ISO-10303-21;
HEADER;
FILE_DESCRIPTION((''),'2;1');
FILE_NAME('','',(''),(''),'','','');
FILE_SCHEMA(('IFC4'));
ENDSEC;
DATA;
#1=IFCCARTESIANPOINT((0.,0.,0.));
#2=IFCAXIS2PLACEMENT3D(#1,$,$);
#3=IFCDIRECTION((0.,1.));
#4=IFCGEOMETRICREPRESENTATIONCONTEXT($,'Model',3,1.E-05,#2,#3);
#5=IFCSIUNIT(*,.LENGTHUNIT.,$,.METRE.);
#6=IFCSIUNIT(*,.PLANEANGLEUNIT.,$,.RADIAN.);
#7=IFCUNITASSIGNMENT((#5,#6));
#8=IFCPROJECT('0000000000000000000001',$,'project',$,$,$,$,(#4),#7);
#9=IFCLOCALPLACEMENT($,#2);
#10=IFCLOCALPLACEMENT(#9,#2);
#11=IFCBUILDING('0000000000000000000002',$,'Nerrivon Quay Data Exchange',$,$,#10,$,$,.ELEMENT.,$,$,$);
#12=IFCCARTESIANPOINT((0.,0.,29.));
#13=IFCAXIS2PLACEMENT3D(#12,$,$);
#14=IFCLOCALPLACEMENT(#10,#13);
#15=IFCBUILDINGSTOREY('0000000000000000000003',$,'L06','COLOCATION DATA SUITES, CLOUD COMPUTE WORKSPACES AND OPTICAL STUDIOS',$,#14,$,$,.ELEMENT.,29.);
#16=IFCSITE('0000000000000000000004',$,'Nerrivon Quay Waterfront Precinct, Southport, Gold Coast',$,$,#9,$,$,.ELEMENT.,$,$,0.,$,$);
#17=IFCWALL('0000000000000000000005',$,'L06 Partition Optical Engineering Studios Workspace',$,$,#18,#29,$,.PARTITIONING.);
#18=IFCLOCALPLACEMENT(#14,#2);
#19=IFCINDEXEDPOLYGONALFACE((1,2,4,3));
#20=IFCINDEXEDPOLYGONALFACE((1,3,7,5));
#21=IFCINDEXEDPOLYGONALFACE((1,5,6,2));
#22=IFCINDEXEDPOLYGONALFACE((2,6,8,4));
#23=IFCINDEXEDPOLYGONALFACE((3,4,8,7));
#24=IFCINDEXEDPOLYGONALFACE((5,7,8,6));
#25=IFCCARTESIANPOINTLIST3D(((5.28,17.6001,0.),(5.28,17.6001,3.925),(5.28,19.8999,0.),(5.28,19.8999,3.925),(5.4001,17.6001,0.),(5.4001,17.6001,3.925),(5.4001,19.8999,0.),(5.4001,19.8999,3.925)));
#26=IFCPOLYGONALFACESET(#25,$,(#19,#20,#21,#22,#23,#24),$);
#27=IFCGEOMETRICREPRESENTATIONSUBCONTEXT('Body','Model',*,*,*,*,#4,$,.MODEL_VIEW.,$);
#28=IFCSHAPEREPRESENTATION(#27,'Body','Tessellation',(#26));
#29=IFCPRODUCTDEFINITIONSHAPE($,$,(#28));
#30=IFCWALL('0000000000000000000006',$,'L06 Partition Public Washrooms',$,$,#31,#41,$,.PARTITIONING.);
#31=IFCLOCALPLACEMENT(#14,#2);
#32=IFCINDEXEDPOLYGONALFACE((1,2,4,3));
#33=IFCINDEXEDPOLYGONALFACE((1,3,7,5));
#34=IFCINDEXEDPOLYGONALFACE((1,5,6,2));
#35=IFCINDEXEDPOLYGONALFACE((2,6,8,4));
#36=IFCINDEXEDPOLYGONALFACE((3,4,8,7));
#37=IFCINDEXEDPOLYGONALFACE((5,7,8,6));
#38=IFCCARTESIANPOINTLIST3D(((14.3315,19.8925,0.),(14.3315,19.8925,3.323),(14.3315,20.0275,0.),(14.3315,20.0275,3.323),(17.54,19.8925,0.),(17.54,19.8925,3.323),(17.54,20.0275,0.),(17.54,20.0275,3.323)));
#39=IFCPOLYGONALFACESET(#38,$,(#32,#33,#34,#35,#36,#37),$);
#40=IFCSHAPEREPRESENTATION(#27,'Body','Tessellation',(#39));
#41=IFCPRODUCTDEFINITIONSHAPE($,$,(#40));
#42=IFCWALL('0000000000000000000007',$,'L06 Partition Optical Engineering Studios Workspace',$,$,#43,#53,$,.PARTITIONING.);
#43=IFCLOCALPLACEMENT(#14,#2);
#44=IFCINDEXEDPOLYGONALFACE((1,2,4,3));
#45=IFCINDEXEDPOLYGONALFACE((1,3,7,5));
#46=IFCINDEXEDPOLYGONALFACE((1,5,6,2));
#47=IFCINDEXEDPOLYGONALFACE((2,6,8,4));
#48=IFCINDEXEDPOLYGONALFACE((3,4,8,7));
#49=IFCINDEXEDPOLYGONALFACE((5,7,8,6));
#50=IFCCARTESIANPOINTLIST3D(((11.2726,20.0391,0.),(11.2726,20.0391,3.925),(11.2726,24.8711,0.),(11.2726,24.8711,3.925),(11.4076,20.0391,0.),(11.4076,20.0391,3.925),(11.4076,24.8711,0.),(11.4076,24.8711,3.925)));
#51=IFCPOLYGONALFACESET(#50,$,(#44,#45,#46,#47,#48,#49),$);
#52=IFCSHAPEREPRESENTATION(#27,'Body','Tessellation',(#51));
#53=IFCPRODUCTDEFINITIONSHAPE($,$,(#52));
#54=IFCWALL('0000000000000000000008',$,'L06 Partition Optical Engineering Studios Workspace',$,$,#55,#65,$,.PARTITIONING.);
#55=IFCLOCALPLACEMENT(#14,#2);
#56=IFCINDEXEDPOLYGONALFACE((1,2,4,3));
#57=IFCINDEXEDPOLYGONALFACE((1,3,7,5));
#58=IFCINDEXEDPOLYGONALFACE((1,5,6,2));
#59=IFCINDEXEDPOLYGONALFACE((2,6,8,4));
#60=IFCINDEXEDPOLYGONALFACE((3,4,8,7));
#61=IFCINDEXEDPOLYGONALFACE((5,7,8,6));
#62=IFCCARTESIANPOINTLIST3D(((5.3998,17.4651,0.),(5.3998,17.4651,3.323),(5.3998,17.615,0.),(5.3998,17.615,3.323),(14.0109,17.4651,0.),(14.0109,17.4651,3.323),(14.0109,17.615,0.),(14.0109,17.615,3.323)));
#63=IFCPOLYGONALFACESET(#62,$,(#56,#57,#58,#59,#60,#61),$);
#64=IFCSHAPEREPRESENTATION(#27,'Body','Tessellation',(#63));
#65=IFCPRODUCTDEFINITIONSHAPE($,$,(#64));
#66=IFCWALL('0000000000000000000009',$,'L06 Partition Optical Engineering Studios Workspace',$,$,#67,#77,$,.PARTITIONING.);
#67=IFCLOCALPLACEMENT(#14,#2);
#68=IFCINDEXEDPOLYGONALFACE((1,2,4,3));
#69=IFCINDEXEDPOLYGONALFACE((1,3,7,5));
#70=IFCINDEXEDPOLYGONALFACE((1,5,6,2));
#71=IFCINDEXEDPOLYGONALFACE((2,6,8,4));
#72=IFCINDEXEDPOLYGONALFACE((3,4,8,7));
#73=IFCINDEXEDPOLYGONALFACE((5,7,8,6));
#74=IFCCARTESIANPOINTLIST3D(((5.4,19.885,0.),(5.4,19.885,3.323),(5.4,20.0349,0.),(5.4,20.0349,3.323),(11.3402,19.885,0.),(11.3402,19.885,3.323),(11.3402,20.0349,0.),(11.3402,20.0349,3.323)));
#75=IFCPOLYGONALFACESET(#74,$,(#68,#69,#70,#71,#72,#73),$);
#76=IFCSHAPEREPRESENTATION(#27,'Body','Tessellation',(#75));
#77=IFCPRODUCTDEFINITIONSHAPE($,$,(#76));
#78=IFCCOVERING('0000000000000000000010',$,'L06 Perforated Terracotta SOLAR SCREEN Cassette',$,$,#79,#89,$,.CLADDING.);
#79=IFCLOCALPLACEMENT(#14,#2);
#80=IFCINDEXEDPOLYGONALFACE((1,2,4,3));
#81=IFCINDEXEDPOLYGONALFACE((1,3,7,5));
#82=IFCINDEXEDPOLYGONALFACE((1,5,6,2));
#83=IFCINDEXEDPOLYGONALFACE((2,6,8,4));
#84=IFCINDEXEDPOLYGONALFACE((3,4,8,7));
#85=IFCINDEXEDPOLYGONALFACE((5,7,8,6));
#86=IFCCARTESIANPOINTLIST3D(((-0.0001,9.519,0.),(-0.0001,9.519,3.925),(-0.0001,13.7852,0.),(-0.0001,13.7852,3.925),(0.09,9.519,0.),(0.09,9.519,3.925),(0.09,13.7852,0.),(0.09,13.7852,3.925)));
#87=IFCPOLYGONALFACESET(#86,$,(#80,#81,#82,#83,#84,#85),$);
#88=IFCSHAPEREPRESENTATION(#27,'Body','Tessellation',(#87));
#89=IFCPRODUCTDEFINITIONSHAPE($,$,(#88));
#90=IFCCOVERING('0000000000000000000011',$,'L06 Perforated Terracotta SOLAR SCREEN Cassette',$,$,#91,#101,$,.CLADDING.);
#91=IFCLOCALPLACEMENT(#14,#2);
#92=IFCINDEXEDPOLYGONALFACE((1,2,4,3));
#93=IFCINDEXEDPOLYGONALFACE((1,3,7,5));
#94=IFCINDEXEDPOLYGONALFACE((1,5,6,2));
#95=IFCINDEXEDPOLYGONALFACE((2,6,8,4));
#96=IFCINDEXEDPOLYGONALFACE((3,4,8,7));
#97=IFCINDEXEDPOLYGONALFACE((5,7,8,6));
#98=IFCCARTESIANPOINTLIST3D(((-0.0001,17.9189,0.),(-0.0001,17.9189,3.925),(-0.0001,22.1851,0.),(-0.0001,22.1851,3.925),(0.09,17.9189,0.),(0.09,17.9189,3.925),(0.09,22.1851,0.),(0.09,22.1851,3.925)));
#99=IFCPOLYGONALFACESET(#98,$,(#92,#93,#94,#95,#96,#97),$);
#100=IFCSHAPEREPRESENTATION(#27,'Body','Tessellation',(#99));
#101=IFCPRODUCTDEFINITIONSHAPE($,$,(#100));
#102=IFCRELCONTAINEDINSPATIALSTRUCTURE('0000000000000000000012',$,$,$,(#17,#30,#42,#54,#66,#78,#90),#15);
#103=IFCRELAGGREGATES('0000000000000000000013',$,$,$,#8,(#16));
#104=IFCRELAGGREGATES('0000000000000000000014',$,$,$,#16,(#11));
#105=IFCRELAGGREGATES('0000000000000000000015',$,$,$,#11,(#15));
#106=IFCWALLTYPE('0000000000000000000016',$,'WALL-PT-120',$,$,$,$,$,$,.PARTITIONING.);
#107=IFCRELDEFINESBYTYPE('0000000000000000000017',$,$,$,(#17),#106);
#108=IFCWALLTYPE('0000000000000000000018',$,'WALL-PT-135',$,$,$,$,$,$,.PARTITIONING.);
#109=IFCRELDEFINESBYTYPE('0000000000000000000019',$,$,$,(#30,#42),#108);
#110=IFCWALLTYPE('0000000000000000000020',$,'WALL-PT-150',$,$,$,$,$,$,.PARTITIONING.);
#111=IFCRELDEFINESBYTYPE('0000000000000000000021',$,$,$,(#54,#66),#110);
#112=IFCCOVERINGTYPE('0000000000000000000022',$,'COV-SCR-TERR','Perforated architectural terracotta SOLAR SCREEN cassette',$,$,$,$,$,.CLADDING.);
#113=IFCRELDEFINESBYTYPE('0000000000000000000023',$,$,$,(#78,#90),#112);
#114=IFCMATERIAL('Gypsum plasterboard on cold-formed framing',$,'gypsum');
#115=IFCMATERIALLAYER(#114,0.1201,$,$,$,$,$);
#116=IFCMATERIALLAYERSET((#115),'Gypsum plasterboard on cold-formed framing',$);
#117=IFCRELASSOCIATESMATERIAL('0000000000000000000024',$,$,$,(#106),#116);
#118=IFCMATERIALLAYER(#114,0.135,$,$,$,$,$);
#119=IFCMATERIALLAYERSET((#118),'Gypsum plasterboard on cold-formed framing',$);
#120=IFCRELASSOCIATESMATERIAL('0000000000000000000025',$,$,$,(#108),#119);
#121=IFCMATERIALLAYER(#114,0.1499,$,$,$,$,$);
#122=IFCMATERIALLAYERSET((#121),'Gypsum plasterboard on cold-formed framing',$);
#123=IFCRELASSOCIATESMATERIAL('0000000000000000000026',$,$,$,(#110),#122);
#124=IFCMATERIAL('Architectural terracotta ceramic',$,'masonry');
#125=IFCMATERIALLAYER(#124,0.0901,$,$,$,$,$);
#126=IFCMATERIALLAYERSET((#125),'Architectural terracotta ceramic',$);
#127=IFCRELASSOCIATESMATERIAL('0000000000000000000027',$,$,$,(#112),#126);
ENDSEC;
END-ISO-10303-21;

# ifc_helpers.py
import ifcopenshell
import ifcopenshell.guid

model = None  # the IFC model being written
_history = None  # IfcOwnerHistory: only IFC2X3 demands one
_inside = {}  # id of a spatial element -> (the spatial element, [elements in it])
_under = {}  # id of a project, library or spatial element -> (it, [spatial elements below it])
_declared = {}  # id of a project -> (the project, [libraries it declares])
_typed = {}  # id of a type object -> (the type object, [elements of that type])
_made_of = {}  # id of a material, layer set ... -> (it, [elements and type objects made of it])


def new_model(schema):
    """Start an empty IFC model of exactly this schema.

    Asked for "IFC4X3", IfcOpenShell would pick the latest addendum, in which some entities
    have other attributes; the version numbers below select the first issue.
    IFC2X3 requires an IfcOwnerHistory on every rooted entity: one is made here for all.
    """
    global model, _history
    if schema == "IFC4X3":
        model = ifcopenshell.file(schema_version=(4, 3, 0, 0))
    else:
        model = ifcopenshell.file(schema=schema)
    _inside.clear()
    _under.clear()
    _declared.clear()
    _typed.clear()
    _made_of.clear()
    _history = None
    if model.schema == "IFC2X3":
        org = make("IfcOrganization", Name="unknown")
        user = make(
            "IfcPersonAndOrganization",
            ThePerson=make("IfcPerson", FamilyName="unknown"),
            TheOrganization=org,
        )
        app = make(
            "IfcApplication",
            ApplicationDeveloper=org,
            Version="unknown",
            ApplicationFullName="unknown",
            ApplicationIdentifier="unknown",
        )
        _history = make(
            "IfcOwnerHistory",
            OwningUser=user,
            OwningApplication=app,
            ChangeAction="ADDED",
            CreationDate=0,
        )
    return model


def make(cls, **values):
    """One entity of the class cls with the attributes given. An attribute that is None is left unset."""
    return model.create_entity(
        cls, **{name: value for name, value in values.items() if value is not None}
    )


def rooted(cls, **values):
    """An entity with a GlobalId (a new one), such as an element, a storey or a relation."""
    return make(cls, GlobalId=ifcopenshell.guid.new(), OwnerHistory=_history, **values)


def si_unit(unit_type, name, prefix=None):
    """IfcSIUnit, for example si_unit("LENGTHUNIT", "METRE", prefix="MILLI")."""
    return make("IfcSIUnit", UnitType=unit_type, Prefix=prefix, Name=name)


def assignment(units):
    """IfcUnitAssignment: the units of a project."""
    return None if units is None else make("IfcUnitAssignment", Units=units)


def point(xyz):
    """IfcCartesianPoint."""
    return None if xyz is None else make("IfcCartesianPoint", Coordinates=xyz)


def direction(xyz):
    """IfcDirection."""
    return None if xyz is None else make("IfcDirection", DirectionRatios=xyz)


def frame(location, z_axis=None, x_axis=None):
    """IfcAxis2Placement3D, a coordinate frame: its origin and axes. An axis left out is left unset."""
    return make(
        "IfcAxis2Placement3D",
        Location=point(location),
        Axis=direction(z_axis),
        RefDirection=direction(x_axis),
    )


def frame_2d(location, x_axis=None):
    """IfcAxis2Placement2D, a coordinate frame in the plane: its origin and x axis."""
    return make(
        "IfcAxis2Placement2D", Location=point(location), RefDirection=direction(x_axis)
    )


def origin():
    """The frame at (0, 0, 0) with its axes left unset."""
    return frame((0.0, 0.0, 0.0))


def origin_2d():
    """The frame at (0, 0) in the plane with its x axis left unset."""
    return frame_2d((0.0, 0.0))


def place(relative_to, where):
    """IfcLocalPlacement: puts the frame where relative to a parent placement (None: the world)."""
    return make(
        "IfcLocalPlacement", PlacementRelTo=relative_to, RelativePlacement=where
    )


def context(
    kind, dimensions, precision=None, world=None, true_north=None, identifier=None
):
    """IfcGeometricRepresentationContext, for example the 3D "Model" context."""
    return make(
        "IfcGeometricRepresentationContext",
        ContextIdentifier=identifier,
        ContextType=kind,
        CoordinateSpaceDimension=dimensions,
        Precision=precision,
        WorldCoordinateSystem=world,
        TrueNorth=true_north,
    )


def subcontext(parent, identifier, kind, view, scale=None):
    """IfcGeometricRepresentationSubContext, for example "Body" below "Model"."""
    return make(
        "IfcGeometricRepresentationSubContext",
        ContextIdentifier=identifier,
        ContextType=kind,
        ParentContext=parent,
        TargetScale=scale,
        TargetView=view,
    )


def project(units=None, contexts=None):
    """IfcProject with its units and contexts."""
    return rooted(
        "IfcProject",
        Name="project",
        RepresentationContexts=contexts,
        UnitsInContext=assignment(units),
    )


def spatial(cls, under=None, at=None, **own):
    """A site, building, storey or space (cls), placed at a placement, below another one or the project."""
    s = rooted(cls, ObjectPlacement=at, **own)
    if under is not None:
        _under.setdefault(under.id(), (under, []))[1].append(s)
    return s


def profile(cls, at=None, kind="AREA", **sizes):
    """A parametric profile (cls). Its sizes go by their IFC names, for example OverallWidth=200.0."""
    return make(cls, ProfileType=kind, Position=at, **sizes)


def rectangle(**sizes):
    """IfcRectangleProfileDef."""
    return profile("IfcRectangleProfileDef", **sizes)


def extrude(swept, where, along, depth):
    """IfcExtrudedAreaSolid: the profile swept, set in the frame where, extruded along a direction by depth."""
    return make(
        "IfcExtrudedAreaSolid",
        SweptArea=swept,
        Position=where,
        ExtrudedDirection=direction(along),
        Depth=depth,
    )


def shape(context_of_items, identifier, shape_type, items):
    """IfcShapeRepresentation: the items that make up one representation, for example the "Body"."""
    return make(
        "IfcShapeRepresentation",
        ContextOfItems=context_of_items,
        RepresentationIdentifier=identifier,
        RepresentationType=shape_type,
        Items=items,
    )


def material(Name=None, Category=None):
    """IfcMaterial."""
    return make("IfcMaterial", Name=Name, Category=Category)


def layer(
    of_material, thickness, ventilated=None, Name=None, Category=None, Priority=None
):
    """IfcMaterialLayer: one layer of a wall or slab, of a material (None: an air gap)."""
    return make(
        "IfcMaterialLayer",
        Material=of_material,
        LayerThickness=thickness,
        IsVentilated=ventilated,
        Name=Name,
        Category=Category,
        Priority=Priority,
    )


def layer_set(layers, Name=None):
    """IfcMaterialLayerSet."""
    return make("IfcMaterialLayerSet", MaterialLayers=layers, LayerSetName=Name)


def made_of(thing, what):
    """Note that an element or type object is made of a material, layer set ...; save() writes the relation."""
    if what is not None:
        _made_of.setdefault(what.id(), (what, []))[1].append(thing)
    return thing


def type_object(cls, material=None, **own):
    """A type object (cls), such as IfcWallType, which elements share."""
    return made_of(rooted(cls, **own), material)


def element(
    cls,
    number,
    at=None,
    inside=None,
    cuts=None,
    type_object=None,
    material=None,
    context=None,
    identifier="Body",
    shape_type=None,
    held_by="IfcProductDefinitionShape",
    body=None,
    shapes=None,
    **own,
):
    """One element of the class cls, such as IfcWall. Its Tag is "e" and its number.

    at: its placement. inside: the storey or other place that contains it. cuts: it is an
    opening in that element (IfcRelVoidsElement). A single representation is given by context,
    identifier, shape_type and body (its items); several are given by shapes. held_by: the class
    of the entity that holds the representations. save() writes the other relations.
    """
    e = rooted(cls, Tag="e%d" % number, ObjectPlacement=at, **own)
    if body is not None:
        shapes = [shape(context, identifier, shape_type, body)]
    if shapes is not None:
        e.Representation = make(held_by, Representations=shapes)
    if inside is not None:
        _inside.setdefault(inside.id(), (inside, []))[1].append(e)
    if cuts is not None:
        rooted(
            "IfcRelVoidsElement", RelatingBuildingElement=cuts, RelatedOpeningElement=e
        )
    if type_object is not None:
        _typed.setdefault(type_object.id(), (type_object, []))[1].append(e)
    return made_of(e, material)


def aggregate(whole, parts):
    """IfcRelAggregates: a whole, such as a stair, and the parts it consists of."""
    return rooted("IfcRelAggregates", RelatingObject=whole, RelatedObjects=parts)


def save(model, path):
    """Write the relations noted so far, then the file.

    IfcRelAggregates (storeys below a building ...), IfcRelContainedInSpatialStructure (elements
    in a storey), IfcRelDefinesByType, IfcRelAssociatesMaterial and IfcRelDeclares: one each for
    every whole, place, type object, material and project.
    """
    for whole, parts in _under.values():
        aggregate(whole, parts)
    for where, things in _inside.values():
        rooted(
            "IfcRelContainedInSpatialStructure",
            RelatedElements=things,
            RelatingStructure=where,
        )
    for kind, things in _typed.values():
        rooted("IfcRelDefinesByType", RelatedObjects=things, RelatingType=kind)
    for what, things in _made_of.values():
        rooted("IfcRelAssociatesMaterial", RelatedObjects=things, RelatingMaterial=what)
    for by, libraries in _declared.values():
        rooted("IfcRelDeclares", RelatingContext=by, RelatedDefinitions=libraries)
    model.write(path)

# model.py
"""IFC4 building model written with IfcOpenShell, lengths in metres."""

from ifc_helpers import new_model, si_unit, direction, frame, frame_2d, origin, origin_2d, place, context, subcontext, project, spatial, rectangle, extrude, material, layer, layer_set, type_object, element, save


model = new_model("IFC4")

# Units and contexts
model_context = context("Model", 3, precision=1e-05, world=origin(), true_north=direction((0.0, 1.0)))
body_context = subcontext(model_context, "Body", "Model", "MODEL_VIEW")
ifc_project = project(units=[si_unit("LENGTHUNIT", "METRE"), si_unit("PLANEANGLEUNIT", "RADIAN")], contexts=[model_context])

# Site, building, storey
site_placement = place(None, origin())
site = spatial("IfcSite", under=ifc_project, at=site_placement, Name="Nerrivon Quay Waterfront Precinct, Southport, Gold Coast", CompositionType="ELEMENT", RefElevation=0.0)
building_placement = place(site_placement, origin())
building = spatial("IfcBuilding", under=site, at=building_placement, Name="Nerrivon Quay Data Exchange", CompositionType="ELEMENT")
storey_placement = place(building_placement, frame((0.0, 0.0, 29.0)))
storey = spatial("IfcBuildingStorey", under=building, at=storey_placement, Name="L06", Description="COLOCATION DATA SUITES, CLOUD COMPUTE WORKSPACES AND OPTICAL STUDIOS", CompositionType="ELEMENT", Elevation=29.0)

# Walls
ifc_material_1 = material(Name="Gypsum plasterboard on cold-formed framing", Category="gypsum")
ifc_layer_1 = layer(ifc_material_1, 0.1201)
ifc_layer_set_1 = layer_set([ifc_layer_1], Name="Gypsum plasterboard on cold-formed framing")
wall_type_1 = type_object("IfcWallType", Name="WALL-PT-120", PredefinedType="PARTITIONING", material=ifc_layer_set_1)
wall_1_placement = place(storey_placement, frame((5.3401, 17.6001, 0.0), z_axis=(0.0, 0.0, 1.0), x_axis=(0.0, 1.0, 0.0)))
element("IfcWall", 1, at=wall_1_placement, inside=storey, type_object=wall_type_1, Name="L06 Partition Optical Engineering Studios Workspace", PredefinedType="PARTITIONING", context=body_context, shape_type="SweptSolid", body=[
    extrude(rectangle(XDim=2.2998, YDim=0.1201, at=frame_2d((1.1499, 0.0))), origin(), (0.0, 0.0, 1.0), 3.925),
])
ifc_layer_2 = layer(ifc_material_1, 0.135)
ifc_layer_set_2 = layer_set([ifc_layer_2], Name="Gypsum plasterboard on cold-formed framing")
wall_type_2 = type_object("IfcWallType", Name="WALL-PT-135", PredefinedType="PARTITIONING", material=ifc_layer_set_2)
wall_2_placement = place(storey_placement, frame((14.3315, 19.96, 0.0), z_axis=(0.0, 0.0, 1.0), x_axis=(1.0, 0.0, 0.0)))
element("IfcWall", 2, at=wall_2_placement, inside=storey, type_object=wall_type_2, Name="L06 Partition Public Washrooms", PredefinedType="PARTITIONING", context=body_context, shape_type="SweptSolid", body=[
    extrude(rectangle(XDim=3.2085, YDim=0.135, at=frame_2d((1.6042, 0.0))), origin(), (0.0, 0.0, 1.0), 3.323),
])
wall_3_placement = place(storey_placement, frame((11.3401, 20.0391, 0.0), z_axis=(0.0, 0.0, 1.0), x_axis=(0.0, 1.0, 0.0)))
element("IfcWall", 3, at=wall_3_placement, inside=storey, type_object=wall_type_2, Name="L06 Partition Optical Engineering Studios Workspace", PredefinedType="PARTITIONING", context=body_context, shape_type="SweptSolid", body=[
    extrude(rectangle(XDim=4.832, YDim=0.135, at=frame_2d((2.416, 0.0))), origin(), (0.0, 0.0, 1.0), 3.925),
])
ifc_layer_3 = layer(ifc_material_1, 0.1499)
ifc_layer_set_3 = layer_set([ifc_layer_3], Name="Gypsum plasterboard on cold-formed framing")
wall_type_3 = type_object("IfcWallType", Name="WALL-PT-150", PredefinedType="PARTITIONING", material=ifc_layer_set_3)
wall_4_placement = place(storey_placement, frame((14.011, 17.54, 0.0), z_axis=(0.0, 0.0, 1.0), x_axis=(-1.0, 0.0, 0.0)))
element("IfcWall", 4, at=wall_4_placement, inside=storey, type_object=wall_type_3, Name="L06 Partition Optical Engineering Studios Workspace", PredefinedType="PARTITIONING", context=body_context, shape_type="SweptSolid", body=[
    extrude(rectangle(XDim=8.6111, YDim=0.1499, at=frame_2d((4.3057, 0.0))), origin(), (0.0, 0.0, 1.0), 3.323),
])
wall_5_placement = place(storey_placement, frame((5.3999, 19.96, 0.0), z_axis=(0.0, 0.0, 1.0), x_axis=(1.0, 0.0, 0.0)))
element("IfcWall", 5, at=wall_5_placement, inside=storey, type_object=wall_type_3, Name="L06 Partition Optical Engineering Studios Workspace", PredefinedType="PARTITIONING", context=body_context, shape_type="SweptSolid", body=[
    extrude(rectangle(XDim=5.9402, YDim=0.1499, at=frame_2d((2.9702, 0.0))), origin(), (0.0, 0.0, 1.0), 3.323),
])

# Coverings
ifc_material_2 = material(Name="Architectural terracotta ceramic", Category="masonry")
ifc_layer_4 = layer(ifc_material_2, 0.0901)
ifc_layer_set_4 = layer_set([ifc_layer_4], Name="Architectural terracotta ceramic")
covering_type = type_object("IfcCoveringType", Name="COV-SCR-TERR", Description="Perforated architectural terracotta SOLAR SCREEN cassette", PredefinedType="CLADDING", material=ifc_layer_set_4)
for number, where, z_axis, x_axis, name in (
    (6, (0.0449, 11.6521, 0.0), (0.0, 0.0, 1.0), (0.0, 1.0, 0.0), "L06 Perforated Terracotta SOLAR SCREEN Cassette"),
    (7, (0.0449, 20.052, 0.0), (0.0, 0.0, 1.0), (0.0, 1.0, 0.0), "L06 Perforated Terracotta SOLAR SCREEN Cassette"),
):
    element("IfcCovering", number, at=place(storey_placement, frame(where, z_axis=z_axis, x_axis=x_axis)), inside=storey, type_object=covering_type, Name=name, PredefinedType="CLADDING", context=body_context, shape_type="SweptSolid", body=[
        extrude(rectangle(XDim=4.2661, YDim=0.0901, at=origin_2d()), origin(), (0.0, 0.0, 1.0), 3.925),
    ])

save(model, "model.ifc")
